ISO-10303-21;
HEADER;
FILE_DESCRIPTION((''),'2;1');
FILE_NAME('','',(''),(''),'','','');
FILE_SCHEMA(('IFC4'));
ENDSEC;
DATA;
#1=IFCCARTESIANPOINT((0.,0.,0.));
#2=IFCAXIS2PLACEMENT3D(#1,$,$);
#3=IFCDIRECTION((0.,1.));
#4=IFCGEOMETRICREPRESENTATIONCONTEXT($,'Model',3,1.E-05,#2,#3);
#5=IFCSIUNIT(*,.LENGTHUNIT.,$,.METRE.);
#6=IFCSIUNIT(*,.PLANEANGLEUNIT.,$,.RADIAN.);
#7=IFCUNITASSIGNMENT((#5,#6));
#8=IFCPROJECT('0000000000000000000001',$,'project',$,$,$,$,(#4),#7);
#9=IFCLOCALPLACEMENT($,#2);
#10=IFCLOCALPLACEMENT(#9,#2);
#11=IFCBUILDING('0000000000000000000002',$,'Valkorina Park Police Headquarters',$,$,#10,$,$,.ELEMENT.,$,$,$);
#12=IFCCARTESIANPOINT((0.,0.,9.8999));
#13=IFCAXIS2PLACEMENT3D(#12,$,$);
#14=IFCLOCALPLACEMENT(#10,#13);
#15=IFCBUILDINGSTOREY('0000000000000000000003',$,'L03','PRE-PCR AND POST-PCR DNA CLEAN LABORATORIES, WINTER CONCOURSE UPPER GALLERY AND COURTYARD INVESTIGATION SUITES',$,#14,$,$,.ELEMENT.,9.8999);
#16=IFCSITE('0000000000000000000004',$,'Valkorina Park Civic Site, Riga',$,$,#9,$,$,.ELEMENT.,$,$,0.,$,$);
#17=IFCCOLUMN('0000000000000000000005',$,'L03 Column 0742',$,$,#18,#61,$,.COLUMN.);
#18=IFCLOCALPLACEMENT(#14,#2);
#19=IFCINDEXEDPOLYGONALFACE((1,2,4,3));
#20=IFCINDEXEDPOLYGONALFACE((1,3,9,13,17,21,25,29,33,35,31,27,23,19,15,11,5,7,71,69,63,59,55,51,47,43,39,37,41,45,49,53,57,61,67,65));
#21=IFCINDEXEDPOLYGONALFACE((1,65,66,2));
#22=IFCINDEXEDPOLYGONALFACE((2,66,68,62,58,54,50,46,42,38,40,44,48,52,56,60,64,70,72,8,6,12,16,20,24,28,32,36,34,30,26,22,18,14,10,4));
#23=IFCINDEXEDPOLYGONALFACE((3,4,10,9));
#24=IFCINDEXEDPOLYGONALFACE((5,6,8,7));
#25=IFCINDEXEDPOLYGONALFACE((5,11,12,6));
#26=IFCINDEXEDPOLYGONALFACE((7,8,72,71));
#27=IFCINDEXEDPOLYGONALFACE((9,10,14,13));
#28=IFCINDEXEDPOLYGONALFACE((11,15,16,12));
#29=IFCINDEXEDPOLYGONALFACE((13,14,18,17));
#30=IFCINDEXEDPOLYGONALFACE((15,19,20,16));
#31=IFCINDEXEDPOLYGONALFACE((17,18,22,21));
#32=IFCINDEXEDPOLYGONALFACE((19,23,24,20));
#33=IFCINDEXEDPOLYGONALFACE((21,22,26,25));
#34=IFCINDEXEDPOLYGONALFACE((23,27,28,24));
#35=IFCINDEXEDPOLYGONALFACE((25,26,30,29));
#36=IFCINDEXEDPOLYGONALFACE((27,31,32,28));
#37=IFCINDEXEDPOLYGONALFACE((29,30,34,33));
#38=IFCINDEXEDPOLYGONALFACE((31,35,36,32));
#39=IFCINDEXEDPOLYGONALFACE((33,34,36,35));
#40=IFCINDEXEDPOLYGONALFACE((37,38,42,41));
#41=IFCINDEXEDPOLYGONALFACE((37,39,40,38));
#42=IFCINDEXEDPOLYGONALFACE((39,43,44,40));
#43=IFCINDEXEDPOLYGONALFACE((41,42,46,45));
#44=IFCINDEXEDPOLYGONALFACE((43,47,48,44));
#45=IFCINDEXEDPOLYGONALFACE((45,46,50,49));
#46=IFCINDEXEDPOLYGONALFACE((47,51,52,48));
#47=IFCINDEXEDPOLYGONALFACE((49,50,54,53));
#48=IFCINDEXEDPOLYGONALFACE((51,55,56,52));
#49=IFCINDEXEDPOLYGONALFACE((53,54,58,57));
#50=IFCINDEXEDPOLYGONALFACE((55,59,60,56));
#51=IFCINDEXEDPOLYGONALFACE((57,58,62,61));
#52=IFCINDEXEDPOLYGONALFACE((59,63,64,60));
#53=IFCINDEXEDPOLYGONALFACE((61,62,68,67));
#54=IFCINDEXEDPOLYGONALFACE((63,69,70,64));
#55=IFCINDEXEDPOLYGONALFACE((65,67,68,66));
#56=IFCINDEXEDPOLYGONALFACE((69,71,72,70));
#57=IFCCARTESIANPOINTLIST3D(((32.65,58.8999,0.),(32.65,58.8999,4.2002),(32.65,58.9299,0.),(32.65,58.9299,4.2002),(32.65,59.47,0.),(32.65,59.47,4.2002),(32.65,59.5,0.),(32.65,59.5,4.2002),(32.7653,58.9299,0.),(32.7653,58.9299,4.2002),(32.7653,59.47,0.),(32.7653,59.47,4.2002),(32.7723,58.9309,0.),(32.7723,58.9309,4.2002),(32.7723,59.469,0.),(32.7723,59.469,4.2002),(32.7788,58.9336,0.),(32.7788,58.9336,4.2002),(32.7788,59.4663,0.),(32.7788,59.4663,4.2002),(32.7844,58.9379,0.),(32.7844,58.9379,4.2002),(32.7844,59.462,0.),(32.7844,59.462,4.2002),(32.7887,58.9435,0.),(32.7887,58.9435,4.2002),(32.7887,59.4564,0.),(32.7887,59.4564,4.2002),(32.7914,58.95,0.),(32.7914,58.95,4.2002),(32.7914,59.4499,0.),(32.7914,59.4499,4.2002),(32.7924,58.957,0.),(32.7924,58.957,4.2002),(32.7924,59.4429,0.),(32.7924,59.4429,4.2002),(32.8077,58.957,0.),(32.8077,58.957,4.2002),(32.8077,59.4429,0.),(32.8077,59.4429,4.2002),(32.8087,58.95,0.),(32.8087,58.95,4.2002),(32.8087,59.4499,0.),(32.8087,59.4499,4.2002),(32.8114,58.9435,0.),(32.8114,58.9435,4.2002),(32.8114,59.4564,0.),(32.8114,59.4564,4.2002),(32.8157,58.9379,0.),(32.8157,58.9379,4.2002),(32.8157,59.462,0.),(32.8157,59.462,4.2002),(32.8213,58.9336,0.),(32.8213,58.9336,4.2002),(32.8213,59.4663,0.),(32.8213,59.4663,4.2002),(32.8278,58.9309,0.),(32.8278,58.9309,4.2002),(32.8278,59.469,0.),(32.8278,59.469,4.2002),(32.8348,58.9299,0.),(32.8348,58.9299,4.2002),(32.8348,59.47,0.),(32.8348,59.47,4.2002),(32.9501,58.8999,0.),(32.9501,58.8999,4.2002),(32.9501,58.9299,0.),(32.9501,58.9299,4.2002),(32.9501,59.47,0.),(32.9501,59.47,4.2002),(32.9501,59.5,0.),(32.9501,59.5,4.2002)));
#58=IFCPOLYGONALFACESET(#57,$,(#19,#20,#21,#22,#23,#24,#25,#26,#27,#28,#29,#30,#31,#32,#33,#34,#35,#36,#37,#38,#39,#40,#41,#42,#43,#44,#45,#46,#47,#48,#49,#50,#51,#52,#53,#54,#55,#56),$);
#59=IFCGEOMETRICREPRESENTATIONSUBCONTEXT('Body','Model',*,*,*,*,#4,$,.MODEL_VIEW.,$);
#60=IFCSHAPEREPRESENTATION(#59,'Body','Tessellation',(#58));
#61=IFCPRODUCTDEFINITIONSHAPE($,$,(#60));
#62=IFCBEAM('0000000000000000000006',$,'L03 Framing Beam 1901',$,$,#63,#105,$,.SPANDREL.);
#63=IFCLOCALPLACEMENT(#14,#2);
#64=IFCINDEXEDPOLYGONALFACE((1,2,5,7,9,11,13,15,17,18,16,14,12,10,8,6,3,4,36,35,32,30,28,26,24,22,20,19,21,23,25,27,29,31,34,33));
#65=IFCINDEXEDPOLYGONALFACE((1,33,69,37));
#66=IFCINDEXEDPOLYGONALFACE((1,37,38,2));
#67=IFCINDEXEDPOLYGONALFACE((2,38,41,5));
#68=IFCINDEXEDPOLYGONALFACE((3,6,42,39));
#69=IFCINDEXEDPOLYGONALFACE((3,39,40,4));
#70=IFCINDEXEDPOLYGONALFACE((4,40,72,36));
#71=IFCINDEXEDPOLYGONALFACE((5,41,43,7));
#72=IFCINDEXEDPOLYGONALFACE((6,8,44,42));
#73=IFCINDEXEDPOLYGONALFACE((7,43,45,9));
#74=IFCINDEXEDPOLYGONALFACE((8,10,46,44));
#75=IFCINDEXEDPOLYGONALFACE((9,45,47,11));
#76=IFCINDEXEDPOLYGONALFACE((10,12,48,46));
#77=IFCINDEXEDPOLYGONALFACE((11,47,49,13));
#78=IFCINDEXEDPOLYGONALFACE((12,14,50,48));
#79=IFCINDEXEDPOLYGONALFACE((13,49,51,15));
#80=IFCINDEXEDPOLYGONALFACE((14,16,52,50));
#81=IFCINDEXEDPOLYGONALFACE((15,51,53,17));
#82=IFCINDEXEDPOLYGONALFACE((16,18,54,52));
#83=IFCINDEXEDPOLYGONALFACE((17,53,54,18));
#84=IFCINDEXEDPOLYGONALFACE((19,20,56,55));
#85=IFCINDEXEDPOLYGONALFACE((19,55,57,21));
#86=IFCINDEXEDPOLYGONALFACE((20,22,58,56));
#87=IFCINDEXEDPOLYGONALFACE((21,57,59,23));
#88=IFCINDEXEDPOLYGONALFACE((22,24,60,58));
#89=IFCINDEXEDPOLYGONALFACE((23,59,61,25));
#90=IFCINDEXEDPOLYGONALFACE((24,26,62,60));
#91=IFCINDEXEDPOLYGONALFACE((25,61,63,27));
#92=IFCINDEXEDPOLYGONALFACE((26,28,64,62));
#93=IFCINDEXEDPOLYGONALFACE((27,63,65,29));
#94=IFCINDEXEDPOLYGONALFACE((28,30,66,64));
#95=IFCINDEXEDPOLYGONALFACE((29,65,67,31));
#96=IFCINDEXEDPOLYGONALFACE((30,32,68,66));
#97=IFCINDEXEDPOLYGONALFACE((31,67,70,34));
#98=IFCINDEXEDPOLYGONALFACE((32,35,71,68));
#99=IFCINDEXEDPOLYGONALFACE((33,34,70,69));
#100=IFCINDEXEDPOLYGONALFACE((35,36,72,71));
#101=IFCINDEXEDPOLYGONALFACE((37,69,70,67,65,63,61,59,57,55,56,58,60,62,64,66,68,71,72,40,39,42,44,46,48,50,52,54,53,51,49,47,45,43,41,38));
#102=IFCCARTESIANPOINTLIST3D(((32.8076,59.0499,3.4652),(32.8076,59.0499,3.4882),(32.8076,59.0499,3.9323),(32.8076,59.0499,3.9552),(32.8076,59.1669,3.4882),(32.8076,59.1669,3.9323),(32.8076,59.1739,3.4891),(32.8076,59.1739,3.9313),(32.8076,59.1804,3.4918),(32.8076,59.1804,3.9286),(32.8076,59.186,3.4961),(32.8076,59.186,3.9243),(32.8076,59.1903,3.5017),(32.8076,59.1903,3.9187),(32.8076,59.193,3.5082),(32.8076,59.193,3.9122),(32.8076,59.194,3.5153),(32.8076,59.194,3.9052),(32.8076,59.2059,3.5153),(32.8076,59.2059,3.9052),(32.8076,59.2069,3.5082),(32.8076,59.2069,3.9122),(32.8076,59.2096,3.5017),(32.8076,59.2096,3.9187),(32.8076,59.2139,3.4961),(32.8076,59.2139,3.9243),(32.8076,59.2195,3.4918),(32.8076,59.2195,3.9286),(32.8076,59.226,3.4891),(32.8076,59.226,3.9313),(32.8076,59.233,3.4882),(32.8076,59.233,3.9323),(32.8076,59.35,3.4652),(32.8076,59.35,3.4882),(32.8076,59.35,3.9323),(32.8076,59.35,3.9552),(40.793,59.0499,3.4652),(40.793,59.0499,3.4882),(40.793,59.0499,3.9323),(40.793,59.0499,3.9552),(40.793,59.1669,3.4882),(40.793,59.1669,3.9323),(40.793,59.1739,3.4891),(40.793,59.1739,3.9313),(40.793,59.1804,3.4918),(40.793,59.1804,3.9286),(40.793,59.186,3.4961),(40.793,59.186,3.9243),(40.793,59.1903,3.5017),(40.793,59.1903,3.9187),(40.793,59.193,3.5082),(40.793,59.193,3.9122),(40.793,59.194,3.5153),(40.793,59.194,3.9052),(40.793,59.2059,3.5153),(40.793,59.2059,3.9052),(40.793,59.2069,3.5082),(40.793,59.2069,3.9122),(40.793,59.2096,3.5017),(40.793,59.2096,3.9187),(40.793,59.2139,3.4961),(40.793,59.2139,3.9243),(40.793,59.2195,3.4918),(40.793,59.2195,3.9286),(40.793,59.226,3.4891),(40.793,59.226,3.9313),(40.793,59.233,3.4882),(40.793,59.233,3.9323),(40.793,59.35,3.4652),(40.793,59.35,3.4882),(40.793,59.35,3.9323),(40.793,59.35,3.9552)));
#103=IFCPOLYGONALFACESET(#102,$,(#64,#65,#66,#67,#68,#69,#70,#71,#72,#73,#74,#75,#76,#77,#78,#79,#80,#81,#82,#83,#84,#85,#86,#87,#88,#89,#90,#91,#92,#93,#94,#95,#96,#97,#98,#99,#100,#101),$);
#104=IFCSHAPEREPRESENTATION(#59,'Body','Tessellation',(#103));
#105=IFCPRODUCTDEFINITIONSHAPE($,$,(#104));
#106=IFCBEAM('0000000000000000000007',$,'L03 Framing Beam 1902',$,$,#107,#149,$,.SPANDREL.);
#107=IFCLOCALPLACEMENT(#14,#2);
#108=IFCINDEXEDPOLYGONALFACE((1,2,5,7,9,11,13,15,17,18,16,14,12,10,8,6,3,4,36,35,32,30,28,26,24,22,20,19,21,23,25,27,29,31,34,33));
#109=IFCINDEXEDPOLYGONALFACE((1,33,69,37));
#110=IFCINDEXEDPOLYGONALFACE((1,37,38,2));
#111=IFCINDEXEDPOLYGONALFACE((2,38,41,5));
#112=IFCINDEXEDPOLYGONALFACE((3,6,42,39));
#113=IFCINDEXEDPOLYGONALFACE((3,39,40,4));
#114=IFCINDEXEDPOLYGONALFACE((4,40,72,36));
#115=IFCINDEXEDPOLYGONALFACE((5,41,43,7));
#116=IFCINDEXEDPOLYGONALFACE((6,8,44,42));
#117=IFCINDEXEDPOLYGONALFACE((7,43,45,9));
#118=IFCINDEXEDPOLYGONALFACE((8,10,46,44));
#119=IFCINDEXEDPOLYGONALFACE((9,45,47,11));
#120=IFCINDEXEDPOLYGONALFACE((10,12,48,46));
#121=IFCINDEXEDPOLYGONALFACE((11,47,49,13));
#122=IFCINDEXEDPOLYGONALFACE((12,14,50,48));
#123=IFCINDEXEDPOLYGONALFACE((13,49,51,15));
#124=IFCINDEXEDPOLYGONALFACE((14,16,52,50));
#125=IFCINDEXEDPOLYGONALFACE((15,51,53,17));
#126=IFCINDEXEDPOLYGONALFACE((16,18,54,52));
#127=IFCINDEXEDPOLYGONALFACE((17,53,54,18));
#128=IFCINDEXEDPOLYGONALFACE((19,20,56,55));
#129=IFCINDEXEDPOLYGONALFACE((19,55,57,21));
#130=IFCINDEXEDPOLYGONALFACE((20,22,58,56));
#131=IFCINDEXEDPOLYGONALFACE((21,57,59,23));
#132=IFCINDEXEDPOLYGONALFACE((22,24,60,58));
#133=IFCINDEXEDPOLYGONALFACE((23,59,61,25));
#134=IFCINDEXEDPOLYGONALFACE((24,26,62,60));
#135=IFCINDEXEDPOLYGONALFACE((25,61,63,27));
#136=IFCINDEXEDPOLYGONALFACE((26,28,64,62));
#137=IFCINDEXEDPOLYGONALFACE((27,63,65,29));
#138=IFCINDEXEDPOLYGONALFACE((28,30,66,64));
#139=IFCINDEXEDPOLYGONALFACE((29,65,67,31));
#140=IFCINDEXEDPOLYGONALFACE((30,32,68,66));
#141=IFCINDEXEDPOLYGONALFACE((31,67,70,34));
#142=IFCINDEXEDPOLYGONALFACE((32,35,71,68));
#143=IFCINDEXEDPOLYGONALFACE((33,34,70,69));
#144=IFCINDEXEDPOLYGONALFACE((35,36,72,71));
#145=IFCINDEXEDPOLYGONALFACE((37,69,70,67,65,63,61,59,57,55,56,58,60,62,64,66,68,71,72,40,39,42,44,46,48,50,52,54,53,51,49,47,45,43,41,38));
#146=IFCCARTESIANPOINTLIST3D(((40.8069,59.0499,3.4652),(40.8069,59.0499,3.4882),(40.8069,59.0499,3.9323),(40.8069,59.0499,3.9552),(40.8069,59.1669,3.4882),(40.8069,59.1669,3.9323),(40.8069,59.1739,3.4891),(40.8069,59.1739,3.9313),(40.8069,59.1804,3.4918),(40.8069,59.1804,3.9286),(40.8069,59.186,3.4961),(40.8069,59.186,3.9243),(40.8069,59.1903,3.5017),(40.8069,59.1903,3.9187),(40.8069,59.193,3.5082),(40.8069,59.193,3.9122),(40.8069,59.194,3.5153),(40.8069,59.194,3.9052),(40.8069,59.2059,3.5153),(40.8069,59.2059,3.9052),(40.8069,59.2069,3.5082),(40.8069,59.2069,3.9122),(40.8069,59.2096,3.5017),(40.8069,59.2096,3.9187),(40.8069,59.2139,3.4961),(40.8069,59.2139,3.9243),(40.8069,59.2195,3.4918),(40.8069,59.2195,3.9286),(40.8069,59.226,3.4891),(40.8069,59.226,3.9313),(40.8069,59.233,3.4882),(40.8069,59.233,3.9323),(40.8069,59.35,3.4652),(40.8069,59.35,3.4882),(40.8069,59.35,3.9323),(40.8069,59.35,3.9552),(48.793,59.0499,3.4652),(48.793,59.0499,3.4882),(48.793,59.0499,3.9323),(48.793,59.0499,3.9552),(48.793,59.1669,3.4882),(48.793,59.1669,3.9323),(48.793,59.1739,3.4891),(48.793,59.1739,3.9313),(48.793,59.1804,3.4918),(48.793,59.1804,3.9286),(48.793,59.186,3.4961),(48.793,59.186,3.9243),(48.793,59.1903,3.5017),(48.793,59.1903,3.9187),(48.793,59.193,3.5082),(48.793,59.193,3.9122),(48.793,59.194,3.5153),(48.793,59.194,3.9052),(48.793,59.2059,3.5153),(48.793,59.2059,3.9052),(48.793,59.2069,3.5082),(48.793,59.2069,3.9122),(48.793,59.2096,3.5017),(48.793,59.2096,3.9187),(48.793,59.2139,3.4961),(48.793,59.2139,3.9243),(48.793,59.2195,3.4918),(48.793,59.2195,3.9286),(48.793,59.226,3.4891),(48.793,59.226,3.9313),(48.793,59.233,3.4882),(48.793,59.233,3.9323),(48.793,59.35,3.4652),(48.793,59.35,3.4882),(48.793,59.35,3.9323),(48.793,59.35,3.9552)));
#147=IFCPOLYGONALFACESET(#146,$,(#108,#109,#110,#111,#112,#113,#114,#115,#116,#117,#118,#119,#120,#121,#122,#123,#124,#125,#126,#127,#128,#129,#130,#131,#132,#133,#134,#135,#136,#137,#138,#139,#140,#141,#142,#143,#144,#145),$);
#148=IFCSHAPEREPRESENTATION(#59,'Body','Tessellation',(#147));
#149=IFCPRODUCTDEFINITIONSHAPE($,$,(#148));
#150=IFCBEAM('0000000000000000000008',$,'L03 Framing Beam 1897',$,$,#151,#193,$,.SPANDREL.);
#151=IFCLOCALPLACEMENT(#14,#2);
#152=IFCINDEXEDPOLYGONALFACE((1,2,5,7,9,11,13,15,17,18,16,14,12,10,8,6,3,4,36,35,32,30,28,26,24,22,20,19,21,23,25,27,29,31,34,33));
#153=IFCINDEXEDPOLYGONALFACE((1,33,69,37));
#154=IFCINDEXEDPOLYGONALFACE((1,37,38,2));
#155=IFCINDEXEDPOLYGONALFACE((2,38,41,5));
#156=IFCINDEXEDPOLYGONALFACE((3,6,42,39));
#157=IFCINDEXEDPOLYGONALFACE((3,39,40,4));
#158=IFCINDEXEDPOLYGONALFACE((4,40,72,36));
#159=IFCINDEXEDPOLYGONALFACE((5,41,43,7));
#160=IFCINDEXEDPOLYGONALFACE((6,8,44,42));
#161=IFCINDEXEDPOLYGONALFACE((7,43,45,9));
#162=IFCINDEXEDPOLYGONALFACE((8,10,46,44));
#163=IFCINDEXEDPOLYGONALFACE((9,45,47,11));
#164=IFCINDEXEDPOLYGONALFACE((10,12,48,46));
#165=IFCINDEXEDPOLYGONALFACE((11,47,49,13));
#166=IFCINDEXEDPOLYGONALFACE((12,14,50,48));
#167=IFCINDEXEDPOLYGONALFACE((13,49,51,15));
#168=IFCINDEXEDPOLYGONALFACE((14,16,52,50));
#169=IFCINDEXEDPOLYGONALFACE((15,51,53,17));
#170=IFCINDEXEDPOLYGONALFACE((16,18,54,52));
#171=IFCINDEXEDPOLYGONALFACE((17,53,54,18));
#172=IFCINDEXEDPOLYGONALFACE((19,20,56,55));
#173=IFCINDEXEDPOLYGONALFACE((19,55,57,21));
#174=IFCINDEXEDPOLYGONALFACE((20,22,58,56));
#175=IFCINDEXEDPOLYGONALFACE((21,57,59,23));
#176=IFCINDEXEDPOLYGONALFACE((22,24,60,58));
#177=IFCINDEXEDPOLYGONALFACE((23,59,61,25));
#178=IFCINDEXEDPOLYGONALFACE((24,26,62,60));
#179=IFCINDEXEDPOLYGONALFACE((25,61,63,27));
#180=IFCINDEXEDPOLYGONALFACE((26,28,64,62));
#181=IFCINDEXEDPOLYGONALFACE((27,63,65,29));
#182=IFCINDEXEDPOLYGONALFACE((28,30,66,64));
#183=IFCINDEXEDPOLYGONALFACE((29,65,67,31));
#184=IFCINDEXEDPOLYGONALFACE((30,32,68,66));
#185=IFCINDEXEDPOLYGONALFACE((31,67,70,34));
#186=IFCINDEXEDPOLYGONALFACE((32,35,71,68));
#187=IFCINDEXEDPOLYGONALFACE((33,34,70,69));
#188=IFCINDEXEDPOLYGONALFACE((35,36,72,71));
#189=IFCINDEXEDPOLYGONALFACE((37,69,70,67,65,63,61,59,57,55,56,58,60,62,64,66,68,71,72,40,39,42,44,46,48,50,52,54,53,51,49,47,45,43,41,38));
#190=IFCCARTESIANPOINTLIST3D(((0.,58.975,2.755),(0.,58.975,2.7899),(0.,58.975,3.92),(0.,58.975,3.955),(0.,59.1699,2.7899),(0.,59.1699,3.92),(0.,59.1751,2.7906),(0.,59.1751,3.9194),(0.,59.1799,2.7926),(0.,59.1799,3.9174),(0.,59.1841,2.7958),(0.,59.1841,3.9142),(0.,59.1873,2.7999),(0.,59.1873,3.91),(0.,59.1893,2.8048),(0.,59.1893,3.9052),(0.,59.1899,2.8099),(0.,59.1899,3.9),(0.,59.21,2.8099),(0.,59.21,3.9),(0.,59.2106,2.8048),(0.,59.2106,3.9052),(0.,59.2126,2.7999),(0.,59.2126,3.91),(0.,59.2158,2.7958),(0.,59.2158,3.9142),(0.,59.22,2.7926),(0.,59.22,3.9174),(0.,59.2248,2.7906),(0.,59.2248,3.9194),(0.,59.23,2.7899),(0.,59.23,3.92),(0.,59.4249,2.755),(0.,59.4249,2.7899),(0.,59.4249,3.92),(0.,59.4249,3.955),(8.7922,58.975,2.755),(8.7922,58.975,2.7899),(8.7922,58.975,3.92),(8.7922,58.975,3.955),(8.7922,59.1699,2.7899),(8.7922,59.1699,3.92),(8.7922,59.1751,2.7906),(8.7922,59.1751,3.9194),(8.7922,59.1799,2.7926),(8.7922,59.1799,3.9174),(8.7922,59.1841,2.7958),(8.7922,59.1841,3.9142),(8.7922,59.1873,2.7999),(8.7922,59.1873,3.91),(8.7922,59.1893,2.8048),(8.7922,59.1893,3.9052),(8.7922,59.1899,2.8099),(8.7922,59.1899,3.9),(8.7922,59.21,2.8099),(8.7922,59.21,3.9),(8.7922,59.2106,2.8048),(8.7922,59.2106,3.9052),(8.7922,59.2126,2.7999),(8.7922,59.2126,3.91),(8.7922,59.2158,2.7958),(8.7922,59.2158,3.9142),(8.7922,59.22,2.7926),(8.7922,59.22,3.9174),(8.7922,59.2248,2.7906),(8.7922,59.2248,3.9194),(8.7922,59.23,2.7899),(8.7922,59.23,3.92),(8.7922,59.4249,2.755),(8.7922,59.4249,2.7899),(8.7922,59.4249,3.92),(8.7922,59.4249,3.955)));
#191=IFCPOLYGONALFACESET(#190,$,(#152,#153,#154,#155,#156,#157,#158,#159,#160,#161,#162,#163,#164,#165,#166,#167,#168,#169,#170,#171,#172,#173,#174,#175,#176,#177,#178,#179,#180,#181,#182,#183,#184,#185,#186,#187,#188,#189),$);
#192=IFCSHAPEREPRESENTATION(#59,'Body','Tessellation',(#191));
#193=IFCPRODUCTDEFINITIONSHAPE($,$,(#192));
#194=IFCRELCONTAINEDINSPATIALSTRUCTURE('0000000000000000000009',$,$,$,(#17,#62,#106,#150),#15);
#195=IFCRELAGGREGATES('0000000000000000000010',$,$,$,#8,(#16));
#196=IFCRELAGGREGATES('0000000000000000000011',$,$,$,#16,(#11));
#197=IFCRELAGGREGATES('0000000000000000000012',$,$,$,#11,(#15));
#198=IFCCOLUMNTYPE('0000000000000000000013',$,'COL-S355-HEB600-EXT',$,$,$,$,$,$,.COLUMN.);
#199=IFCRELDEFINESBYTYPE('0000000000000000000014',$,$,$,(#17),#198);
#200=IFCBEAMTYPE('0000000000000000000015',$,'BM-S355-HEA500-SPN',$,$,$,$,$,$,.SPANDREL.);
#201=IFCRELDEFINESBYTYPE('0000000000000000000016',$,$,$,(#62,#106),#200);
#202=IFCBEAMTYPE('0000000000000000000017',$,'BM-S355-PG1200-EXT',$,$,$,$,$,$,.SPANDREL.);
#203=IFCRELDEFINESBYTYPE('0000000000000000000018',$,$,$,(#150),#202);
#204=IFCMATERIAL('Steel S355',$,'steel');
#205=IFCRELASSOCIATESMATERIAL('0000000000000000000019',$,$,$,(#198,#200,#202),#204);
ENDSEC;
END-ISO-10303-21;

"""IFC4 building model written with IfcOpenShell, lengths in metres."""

from ifc_helpers import new_model, si_unit, direction, frame, origin, origin_2d, place, context, subcontext, project, spatial, i_section, extrude, material, material_profile, profile_set, type_object, element, save


model = new_model("IFC4")

# Units and contexts
model_context = context("Model", 3, precision=1e-05, world=origin(), true_north=direction((0.0, 1.0)))
body_context = subcontext(model_context, "Body", "Model", "MODEL_VIEW")
ifc_project = project(units=[si_unit("LENGTHUNIT", "METRE"), si_unit("PLANEANGLEUNIT", "RADIAN")], contexts=[model_context])

# Site, building, storey
site_placement = place(None, origin())
site = spatial("IfcSite", under=ifc_project, at=site_placement, Name="Valkorina Park Civic Site, Riga", CompositionType="ELEMENT", RefElevation=0.0)
building_placement = place(site_placement, origin())
building = spatial("IfcBuilding", under=site, at=building_placement, Name="Valkorina Park Police Headquarters", CompositionType="ELEMENT")
storey_placement = place(building_placement, frame((0.0, 0.0, 9.8999)))
storey = spatial("IfcBuildingStorey", under=building, at=storey_placement, Name="L03", Description="PRE-PCR AND POST-PCR DNA CLEAN LABORATORIES, WINTER CONCOURSE UPPER GALLERY AND COURTYARD INVESTIGATION SUITES", CompositionType="ELEMENT", Elevation=9.8999)

# Column
ifc_material_1 = material(Name="Steel S355", Category="steel")
ifc_material_profile_1 = material_profile(ifc_material_1, i_section(OverallWidth=0.3, OverallDepth=0.6001, WebThickness=0.0154, FlangeThickness=0.03, FilletRadius=0.0271, at=origin_2d()), Name="HEB 600")
ifc_profile_set_1 = profile_set([ifc_material_profile_1], Name="Steel S355")
column_type_1 = type_object("IfcColumnType", Name="COL-S355-HEB600-EXT", PredefinedType="COLUMN", material=ifc_profile_set_1)
for number, where, z_axis, x_axis, name in (
    (1, (32.8, 59.2, 0.0), (0.0, 0.0, 1.0), (1.0, 0.0, 0.0), "L03 Column 0742"),
):
    element("IfcColumn", number, at=place(storey_placement, frame(where, z_axis=z_axis, x_axis=x_axis)), inside=storey, type_object=column_type_1, Name=name, PredefinedType="COLUMN", context=body_context, shape_type="SweptSolid", body=[
        extrude(i_section(OverallWidth=0.3, OverallDepth=0.6001, WebThickness=0.0154, FlangeThickness=0.03, FilletRadius=0.0271, at=origin_2d()), origin(), (0.0, 0.0, 1.0), 4.2002),
    ])

# Beams
ifc_material_profile_2 = material_profile(ifc_material_1, i_section(OverallWidth=0.3, OverallDepth=0.49, WebThickness=0.012, FlangeThickness=0.0229, FilletRadius=0.0271, at=origin_2d()), Name="HEA 500")
ifc_profile_set_2 = profile_set([ifc_material_profile_2], Name="Steel S355")
beam_type_1 = type_object("IfcBeamType", Name="BM-S355-HEA500-SPN", PredefinedType="SPANDREL", material=ifc_profile_set_2)
beam_1_placement = place(storey_placement, frame((32.8076, 59.2, 3.7102), z_axis=(1.0, 0.0, 0.0), x_axis=(0.0, 1.0, 0.0)))
element("IfcBeam", 2, at=beam_1_placement, inside=storey, type_object=beam_type_1, Name="L03 Framing Beam 1901", PredefinedType="SPANDREL", context=body_context, shape_type="SweptSolid", body=[
    extrude(i_section(OverallWidth=0.3, OverallDepth=0.49, WebThickness=0.012, FlangeThickness=0.0229, FilletRadius=0.0271, at=origin_2d()), origin(), (0.0, 0.0, 1.0), 7.9854),
])
beam_2_placement = place(storey_placement, frame((40.8069, 59.2, 3.7102), z_axis=(1.0, 0.0, 0.0), x_axis=(0.0, 1.0, 0.0)))
element("IfcBeam", 3, at=beam_2_placement, inside=storey, type_object=beam_type_1, Name="L03 Framing Beam 1902", PredefinedType="SPANDREL", context=body_context, shape_type="SweptSolid", body=[
    extrude(i_section(OverallWidth=0.3, OverallDepth=0.49, WebThickness=0.012, FlangeThickness=0.0229, FilletRadius=0.0271, at=origin_2d()), origin(), (0.0, 0.0, 1.0), 7.9861),
])
ifc_material_profile_3 = material_profile(ifc_material_1, i_section(OverallWidth=0.45, OverallDepth=1.2, WebThickness=0.02, FlangeThickness=0.0349, FilletRadius=0.02, at=origin_2d()), Name="PG 1200x450")
ifc_profile_set_3 = profile_set([ifc_material_profile_3], Name="Steel S355")
beam_type_2 = type_object("IfcBeamType", Name="BM-S355-PG1200-EXT", PredefinedType="SPANDREL", material=ifc_profile_set_3)
beam_3_placement = place(storey_placement, frame((0.0, 59.2, 3.355), z_axis=(1.0, 0.0, 0.0), x_axis=(0.0, 1.0, 0.0)))
element("IfcBeam", 4, at=beam_3_placement, inside=storey, type_object=beam_type_2, Name="L03 Framing Beam 1897", PredefinedType="SPANDREL", context=body_context, shape_type="SweptSolid", body=[
    extrude(i_section(OverallWidth=0.45, OverallDepth=1.2, WebThickness=0.02, FlangeThickness=0.0349, FilletRadius=0.02, at=origin_2d()), origin(), (0.0, 0.0, 1.0), 8.7922),
])

save(model, "model.ifc")
